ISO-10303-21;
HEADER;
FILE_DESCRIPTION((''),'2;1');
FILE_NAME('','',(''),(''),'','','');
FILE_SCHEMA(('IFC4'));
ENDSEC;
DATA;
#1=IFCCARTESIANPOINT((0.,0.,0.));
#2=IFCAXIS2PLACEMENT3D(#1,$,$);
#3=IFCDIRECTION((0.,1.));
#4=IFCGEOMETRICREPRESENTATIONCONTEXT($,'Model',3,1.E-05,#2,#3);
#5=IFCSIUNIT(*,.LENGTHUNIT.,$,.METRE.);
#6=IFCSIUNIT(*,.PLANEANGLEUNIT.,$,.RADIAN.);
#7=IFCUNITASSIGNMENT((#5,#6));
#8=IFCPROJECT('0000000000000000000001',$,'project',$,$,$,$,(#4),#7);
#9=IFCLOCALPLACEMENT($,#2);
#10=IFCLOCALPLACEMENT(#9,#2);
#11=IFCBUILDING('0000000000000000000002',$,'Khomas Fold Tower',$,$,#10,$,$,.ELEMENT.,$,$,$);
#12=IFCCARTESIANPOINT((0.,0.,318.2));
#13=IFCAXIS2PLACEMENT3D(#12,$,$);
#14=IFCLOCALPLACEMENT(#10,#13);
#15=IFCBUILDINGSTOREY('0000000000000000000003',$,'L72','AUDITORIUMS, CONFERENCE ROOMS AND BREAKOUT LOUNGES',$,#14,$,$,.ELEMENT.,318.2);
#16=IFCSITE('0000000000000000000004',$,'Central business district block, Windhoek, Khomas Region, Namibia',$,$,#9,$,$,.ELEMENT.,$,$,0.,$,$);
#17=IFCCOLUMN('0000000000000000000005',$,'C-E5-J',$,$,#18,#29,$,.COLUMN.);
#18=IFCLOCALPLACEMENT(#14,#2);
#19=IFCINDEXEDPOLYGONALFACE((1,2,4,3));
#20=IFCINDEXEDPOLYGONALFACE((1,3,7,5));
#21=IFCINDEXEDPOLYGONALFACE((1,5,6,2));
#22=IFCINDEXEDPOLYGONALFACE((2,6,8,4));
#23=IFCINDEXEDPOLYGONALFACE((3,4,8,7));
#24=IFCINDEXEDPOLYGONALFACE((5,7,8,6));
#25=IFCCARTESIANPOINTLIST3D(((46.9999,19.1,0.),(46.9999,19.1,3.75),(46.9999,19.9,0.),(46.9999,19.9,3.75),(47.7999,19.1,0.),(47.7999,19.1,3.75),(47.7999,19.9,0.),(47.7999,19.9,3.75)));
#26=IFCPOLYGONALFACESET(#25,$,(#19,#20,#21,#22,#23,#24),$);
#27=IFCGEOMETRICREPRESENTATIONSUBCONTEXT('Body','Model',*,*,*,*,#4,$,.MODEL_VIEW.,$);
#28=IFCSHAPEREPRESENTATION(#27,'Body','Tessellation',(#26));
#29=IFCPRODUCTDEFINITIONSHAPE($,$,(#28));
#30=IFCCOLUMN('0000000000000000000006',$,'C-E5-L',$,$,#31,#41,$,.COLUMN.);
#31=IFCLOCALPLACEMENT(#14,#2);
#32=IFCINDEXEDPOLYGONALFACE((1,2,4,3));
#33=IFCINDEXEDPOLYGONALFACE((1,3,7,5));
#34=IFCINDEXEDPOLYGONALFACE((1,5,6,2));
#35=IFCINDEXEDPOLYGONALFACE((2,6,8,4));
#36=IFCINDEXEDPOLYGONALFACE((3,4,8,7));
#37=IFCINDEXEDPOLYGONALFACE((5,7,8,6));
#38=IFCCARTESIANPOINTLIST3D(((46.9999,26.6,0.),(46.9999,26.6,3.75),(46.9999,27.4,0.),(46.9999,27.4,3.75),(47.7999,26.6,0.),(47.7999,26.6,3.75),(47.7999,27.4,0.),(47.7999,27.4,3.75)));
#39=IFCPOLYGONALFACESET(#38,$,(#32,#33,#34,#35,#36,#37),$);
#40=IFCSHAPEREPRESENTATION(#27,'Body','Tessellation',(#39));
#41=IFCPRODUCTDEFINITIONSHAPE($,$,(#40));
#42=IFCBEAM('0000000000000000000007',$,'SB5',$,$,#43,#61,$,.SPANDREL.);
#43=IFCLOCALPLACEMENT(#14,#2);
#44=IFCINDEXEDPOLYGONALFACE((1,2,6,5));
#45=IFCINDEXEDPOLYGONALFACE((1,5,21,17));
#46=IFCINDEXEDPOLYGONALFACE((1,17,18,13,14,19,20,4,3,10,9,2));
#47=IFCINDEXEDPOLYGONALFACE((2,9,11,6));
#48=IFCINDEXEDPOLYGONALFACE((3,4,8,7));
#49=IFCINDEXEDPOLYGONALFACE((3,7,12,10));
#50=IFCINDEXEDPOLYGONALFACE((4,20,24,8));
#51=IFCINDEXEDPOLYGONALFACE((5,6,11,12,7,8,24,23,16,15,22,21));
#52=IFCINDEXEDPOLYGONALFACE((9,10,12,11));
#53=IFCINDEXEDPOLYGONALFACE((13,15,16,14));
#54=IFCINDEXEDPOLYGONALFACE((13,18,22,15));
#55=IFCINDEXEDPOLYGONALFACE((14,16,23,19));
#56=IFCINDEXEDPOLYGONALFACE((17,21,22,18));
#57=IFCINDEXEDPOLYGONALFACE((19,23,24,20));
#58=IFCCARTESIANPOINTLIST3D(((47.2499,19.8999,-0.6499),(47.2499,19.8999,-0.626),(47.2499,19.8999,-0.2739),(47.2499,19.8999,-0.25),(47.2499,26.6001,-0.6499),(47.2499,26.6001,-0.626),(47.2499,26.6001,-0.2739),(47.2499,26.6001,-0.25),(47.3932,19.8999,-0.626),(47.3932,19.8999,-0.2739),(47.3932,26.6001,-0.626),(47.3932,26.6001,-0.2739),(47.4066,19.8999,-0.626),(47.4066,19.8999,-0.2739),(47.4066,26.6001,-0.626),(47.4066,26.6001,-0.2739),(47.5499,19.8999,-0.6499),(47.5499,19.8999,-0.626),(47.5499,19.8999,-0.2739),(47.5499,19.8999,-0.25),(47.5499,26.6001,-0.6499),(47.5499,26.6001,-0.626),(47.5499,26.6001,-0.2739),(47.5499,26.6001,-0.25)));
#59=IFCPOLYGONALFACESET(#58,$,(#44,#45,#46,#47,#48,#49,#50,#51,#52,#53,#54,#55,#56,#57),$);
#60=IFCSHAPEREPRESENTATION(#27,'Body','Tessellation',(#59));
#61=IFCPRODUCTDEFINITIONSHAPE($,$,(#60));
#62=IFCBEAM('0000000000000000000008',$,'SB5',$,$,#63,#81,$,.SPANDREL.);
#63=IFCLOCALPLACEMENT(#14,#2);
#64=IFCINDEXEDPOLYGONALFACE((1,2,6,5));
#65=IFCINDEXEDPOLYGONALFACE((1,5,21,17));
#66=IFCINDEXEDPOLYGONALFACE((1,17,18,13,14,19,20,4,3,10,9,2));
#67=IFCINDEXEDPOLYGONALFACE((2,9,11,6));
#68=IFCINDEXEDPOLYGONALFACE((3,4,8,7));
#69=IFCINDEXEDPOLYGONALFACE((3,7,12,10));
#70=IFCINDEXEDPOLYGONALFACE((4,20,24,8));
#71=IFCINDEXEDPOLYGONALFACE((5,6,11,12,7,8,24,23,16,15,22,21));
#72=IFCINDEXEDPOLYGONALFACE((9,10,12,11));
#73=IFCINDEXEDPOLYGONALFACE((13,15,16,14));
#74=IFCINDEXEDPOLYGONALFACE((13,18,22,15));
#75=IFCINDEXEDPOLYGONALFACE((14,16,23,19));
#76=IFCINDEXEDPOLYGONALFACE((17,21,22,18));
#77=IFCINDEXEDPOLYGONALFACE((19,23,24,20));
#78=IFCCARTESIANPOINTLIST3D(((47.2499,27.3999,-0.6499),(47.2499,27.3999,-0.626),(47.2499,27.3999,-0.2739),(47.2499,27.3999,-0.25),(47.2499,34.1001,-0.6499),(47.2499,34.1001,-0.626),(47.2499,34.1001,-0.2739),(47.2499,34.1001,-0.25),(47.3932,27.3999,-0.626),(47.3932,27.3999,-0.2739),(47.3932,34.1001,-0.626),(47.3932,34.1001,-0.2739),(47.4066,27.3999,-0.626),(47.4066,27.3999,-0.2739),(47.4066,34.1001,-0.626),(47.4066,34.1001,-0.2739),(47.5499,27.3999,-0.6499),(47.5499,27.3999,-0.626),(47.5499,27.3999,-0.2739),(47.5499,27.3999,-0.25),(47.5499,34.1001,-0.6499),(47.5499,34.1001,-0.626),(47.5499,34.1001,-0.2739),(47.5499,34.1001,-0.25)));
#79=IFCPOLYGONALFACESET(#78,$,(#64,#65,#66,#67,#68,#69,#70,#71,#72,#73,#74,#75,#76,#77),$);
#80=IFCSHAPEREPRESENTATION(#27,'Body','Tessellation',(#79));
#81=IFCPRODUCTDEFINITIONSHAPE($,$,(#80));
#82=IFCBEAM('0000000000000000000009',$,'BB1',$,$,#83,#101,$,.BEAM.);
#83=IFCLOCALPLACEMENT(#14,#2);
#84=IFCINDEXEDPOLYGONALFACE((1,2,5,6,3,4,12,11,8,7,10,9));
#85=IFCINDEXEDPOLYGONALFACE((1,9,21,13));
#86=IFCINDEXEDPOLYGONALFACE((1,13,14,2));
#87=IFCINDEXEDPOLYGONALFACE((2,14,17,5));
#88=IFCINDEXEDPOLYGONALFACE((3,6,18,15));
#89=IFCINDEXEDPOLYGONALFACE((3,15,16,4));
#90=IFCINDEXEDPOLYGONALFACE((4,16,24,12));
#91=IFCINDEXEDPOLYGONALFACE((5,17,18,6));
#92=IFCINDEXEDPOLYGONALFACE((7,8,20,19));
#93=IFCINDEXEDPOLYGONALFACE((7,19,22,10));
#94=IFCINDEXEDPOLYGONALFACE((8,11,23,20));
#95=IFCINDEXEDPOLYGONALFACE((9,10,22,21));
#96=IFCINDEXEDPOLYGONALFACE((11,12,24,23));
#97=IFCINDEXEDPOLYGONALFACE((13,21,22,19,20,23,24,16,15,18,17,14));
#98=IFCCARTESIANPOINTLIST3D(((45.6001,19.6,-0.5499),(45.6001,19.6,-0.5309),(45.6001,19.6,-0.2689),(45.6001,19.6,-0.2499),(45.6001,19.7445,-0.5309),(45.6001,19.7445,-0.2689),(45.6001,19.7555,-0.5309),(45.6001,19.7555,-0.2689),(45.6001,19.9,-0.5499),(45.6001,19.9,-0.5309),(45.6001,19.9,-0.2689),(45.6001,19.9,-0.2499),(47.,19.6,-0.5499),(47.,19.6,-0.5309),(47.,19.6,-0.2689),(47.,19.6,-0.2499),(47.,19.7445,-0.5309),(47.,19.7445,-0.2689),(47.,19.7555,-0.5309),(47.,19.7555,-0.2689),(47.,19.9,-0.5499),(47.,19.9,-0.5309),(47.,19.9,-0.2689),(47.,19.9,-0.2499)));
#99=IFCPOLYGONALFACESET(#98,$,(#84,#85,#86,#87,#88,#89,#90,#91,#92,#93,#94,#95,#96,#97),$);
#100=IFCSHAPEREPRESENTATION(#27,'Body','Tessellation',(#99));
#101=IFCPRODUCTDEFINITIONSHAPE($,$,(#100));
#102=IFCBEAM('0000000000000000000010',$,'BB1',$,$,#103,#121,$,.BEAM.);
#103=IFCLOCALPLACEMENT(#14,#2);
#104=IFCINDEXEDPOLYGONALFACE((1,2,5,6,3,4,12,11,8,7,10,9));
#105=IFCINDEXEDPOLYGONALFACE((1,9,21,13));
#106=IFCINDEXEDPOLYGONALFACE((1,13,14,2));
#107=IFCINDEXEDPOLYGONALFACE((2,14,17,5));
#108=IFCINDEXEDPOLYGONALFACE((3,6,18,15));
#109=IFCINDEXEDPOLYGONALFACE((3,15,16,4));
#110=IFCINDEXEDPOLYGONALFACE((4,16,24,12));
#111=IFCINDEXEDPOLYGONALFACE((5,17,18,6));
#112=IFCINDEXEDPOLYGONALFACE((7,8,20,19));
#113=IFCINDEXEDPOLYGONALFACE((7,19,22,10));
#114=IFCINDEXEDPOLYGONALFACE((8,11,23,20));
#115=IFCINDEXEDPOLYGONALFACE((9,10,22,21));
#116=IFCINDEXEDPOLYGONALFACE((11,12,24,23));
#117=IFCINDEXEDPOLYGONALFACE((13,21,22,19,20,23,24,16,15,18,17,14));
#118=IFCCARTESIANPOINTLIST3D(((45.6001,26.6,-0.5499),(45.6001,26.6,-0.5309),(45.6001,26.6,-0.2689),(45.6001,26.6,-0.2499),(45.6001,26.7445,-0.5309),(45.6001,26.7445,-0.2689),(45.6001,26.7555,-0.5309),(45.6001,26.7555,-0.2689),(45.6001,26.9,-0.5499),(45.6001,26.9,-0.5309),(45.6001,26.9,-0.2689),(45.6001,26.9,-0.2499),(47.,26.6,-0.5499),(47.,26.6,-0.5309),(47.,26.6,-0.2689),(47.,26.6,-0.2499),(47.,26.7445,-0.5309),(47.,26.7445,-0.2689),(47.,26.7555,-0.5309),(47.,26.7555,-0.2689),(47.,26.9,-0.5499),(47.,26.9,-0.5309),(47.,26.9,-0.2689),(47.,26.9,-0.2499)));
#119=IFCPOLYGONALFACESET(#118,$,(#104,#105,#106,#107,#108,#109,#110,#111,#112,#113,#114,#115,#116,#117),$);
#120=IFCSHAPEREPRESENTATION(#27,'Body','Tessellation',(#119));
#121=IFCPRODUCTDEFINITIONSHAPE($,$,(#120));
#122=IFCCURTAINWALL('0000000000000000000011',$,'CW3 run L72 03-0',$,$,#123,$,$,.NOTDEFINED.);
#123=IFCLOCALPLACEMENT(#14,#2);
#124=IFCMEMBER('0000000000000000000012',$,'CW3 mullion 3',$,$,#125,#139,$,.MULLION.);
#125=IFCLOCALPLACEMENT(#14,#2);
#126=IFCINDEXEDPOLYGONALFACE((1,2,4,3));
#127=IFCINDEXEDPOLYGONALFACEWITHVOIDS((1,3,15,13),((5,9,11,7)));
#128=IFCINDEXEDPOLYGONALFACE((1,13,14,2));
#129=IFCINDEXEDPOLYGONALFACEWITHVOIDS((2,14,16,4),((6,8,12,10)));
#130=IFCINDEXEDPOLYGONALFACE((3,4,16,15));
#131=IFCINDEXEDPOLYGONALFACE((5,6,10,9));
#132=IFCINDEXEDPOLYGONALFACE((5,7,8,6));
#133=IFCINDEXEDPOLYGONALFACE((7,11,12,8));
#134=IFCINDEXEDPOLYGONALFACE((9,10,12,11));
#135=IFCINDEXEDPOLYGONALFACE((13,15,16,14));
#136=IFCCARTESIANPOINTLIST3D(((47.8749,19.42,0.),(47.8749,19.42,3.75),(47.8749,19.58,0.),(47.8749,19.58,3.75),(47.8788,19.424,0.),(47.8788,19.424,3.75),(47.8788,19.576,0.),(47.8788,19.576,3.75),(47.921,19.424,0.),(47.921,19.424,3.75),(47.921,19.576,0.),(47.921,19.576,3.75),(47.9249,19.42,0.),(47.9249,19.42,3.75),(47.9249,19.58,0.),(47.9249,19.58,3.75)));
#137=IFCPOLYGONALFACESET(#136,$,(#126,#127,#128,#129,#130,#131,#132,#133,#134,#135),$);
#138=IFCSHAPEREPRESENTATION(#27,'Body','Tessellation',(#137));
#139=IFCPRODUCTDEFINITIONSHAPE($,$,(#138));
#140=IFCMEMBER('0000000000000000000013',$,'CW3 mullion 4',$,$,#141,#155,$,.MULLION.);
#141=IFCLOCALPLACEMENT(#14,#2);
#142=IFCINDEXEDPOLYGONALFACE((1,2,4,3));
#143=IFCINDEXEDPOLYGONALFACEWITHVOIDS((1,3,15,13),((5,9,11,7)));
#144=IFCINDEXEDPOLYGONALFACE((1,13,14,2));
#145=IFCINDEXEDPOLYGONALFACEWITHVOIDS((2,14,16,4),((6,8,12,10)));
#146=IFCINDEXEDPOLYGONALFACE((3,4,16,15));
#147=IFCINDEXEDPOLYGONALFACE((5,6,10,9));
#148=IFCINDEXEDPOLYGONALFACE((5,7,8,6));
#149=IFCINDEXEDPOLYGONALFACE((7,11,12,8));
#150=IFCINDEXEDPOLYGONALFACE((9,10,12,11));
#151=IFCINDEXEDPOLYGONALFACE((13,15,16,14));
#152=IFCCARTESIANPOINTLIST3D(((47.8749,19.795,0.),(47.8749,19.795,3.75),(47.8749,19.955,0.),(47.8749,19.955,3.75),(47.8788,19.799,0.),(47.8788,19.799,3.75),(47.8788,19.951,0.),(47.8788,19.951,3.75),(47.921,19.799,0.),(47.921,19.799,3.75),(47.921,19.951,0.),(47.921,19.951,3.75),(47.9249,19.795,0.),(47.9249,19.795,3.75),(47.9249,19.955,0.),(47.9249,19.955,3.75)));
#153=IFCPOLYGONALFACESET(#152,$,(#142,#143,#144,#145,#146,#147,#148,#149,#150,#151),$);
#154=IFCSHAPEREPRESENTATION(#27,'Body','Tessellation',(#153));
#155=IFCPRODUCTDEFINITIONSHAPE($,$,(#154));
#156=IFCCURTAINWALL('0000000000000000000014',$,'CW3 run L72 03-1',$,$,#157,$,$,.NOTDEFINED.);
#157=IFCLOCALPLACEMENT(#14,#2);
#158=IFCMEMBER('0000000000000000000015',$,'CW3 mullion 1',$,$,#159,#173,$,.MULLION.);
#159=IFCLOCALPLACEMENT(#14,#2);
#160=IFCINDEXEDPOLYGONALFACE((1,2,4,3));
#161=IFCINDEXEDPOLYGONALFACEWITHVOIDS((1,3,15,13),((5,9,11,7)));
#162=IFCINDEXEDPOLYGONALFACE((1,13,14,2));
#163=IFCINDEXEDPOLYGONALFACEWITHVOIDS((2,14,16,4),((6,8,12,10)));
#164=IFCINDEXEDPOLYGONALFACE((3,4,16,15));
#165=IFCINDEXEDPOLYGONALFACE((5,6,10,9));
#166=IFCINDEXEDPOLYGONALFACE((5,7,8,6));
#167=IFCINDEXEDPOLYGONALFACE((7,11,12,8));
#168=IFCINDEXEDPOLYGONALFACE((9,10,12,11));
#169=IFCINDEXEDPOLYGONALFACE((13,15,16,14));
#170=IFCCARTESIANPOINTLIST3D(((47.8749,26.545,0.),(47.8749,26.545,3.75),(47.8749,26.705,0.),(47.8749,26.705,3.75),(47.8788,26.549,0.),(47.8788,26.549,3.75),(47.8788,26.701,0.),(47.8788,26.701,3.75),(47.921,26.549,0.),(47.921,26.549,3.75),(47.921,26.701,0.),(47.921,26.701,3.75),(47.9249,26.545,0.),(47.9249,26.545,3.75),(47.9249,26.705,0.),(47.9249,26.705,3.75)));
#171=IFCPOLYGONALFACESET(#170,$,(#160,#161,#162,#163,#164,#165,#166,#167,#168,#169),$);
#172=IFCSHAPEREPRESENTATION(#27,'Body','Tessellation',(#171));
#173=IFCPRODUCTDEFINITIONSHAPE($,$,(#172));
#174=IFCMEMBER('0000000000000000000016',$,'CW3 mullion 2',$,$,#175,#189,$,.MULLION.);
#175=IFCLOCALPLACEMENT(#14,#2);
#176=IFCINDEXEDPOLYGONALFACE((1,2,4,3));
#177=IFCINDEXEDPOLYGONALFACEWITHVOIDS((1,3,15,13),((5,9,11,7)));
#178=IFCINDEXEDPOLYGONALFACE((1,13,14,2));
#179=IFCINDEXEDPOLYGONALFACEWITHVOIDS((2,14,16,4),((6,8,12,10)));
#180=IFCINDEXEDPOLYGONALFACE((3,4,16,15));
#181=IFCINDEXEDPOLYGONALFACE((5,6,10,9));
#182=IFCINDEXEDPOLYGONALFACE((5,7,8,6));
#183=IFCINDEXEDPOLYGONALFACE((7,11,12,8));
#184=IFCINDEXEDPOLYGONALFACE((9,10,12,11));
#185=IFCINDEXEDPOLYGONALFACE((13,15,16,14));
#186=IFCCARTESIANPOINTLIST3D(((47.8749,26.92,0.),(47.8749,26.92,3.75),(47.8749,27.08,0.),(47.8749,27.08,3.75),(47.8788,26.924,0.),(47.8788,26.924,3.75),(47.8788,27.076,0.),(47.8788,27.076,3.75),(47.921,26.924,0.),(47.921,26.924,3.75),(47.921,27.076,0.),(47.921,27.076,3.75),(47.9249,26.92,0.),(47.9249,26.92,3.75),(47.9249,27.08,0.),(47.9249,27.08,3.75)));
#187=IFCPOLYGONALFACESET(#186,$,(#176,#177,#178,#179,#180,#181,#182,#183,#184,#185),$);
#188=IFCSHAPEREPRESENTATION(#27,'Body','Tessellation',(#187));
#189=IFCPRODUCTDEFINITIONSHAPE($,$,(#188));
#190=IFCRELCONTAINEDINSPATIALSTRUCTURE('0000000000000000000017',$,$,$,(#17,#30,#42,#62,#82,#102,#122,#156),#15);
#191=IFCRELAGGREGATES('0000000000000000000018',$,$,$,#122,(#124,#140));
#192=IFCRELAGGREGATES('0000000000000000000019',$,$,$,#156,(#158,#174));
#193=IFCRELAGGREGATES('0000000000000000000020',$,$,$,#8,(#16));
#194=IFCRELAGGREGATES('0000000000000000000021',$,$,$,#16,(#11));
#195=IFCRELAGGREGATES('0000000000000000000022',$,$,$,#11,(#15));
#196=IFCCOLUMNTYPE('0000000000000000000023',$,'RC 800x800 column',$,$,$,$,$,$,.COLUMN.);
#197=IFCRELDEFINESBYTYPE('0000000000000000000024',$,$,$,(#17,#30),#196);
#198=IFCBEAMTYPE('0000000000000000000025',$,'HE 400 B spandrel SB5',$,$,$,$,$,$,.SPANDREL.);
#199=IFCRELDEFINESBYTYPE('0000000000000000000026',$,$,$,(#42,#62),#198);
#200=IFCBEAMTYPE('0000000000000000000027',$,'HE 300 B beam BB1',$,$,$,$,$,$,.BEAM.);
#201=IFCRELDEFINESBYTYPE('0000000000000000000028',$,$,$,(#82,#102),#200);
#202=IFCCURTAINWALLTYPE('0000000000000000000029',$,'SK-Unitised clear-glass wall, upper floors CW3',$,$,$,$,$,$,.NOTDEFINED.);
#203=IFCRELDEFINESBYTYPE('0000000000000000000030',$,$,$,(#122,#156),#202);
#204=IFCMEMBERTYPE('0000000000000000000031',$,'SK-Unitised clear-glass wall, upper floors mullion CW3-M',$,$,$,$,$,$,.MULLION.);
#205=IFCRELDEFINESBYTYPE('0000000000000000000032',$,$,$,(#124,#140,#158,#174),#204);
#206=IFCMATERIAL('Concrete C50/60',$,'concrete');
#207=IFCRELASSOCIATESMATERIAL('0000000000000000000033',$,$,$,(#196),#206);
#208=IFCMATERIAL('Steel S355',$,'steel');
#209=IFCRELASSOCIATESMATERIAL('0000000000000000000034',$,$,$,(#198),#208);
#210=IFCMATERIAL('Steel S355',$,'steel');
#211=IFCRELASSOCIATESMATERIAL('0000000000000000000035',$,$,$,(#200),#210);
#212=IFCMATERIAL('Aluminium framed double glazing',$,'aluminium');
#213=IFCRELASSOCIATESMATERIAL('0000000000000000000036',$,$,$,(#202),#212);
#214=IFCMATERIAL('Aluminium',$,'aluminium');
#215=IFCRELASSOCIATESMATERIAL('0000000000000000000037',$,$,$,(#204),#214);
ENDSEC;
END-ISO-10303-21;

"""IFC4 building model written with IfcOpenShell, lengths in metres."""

from ifc_helpers import new_model, si_unit, direction, frame, origin, origin_2d, place, context, subcontext, project, spatial, rectangle, hollow_rectangle, i_section, extrude, source, transform, mapped, material, material_profile, profile_set, type_object, element, aggregate, save


model = new_model("IFC4")

# Units and contexts
model_context = context("Model", 3, precision=1e-05, world=origin(), true_north=direction((0.0, 1.0)))
body_context = subcontext(model_context, "Body", "Model", "MODEL_VIEW")
ifc_project = project(units=[si_unit("LENGTHUNIT", "METRE"), si_unit("PLANEANGLEUNIT", "RADIAN")], contexts=[model_context])

# Site, building, storey
site_placement = place(None, origin())
site = spatial("IfcSite", under=ifc_project, at=site_placement, Name="Central business district block, Windhoek, Khomas Region, Namibia", CompositionType="ELEMENT", RefElevation=0.0)
building_placement = place(site_placement, origin())
building = spatial("IfcBuilding", under=site, at=building_placement, Name="Khomas Fold Tower", CompositionType="ELEMENT")
storey_placement = place(building_placement, frame((0.0, 0.0, 318.2)))
storey = spatial("IfcBuildingStorey", under=building, at=storey_placement, Name="L72", Description="AUDITORIUMS, CONFERENCE ROOMS AND BREAKOUT LOUNGES", CompositionType="ELEMENT", Elevation=318.2)

# Columns
ifc_material_1 = material(Name="Concrete C50/60", Category="concrete")
ifc_material_profile_1 = material_profile(ifc_material_1, rectangle(XDim=0.8, YDim=0.8, at=origin_2d()), Name="RC 800x800")
ifc_profile_set_1 = profile_set([ifc_material_profile_1], Name="Concrete C50/60")
column_type = type_object("IfcColumnType", Name="RC 800x800 column", PredefinedType="COLUMN", material=ifc_profile_set_1)
shared_shape_1 = source(origin(), body_context, "Body", "SweptSolid", [
    extrude(rectangle(XDim=0.8, YDim=0.8, at=origin_2d()), origin(), (0.0, 0.0, 1.0), 3.75),
])
for number, where, z_axis, x_axis, name in (
    (1, (47.3999, 19.5, 0.0), (0.0, 0.0, 1.0), (1.0, 0.0, 0.0), "C-E5-J"),
    (2, (47.3999, 27.0, 0.0), (0.0, 0.0, 1.0), (1.0, 0.0, 0.0), "C-E5-L"),
):
    element("IfcColumn", number, at=place(storey_placement, frame(where, z_axis=z_axis, x_axis=x_axis)), inside=storey, type_object=column_type, Name=name, PredefinedType="COLUMN", context=body_context, shape_type="MappedRepresentation", body=[
        mapped(shared_shape_1, transform((0.0, 0.0, 0.0))),
    ])

# Beams
ifc_material_2 = material(Name="Steel S355", Category="steel")
ifc_material_profile_2 = material_profile(ifc_material_2, i_section(OverallWidth=0.3, OverallDepth=0.3999, WebThickness=0.0134, FlangeThickness=0.0239, at=origin_2d()), Name="HE 400 B")
ifc_profile_set_2 = profile_set([ifc_material_profile_2], Name="Steel S355")
beam_type_1 = type_object("IfcBeamType", Name="HE 400 B spandrel SB5", PredefinedType="SPANDREL", material=ifc_profile_set_2)
shared_shape_2 = source(origin(), body_context, "Body", "SweptSolid", [
    extrude(i_section(OverallWidth=0.3, OverallDepth=0.3999, WebThickness=0.0134, FlangeThickness=0.0239, at=origin_2d()), origin(), (0.0, 0.0, 1.0), 6.7002),
])
for number, where, z_axis, x_axis, name in (
    (3, (47.3999, 19.8999, -0.45), (0.0, 1.0, 0.0), (-1.0, 0.0, 0.0), "SB5"),
    (4, (47.3999, 27.3999, -0.45), (0.0, 1.0, 0.0), (-1.0, 0.0, 0.0), "SB5"),
):
    element("IfcBeam", number, at=place(storey_placement, frame(where, z_axis=z_axis, x_axis=x_axis)), inside=storey, type_object=beam_type_1, Name=name, PredefinedType="SPANDREL", context=body_context, shape_type="MappedRepresentation", body=[
        mapped(shared_shape_2, transform((0.0, 0.0, 0.0))),
    ])
ifc_material_3 = material(Name="Steel S355", Category="steel")
ifc_material_profile_3 = material_profile(ifc_material_3, i_section(OverallWidth=0.3, OverallDepth=0.3, WebThickness=0.011, FlangeThickness=0.019, at=origin_2d()), Name="HE 300 B")
ifc_profile_set_3 = profile_set([ifc_material_profile_3], Name="Steel S355")
beam_type_2 = type_object("IfcBeamType", Name="HE 300 B beam BB1", PredefinedType="BEAM", material=ifc_profile_set_3)
shared_shape_3 = source(origin(), body_context, "Body", "SweptSolid", [
    extrude(i_section(OverallWidth=0.3, OverallDepth=0.3, WebThickness=0.011, FlangeThickness=0.019, at=origin_2d()), origin(), (0.0, 0.0, 1.0), 1.3999),
])
for number, where, z_axis, x_axis, name in (
    (5, (45.6001, 19.75, -0.3999), (1.0, 0.0, 0.0), (0.0, 1.0, 0.0), "BB1"),
    (6, (45.6001, 26.75, -0.3999), (1.0, 0.0, 0.0), (0.0, 1.0, 0.0), "BB1"),
):
    element("IfcBeam", number, at=place(storey_placement, frame(where, z_axis=z_axis, x_axis=x_axis)), inside=storey, type_object=beam_type_2, Name=name, PredefinedType="BEAM", context=body_context, shape_type="MappedRepresentation", body=[
        mapped(shared_shape_3, transform((0.0, 0.0, 0.0))),
    ])

# Curtain walls, members
ifc_material_4 = material(Name="Aluminium framed double glazing", Category="aluminium")
curtain_wall_type = type_object("IfcCurtainWallType", Name="SK-Unitised clear-glass wall, upper floors CW3", PredefinedType="NOTDEFINED", material=ifc_material_4)
curtain_wall_1_placement = place(storey_placement, origin())
curtain_wall_1 = element("IfcCurtainWall", 7, at=curtain_wall_1_placement, inside=storey, type_object=curtain_wall_type, Name="CW3 run L72 03-0", PredefinedType="NOTDEFINED")
ifc_material_5 = material(Name="Aluminium", Category="aluminium")
ifc_material_profile_4 = material_profile(ifc_material_5, hollow_rectangle(XDim=0.05, YDim=0.1599, WallThickness=0.0039, at=origin_2d()), Name="SK-Unitised clear-glass wall, upper floors mullion CW3-M")
ifc_profile_set_4 = profile_set([ifc_material_profile_4], Name="Aluminium")
member_type_1 = type_object("IfcMemberType", Name="SK-Unitised clear-glass wall, upper floors mullion CW3-M", PredefinedType="MULLION", material=ifc_profile_set_4)
shared_shape_4 = source(origin(), body_context, "Body", "SweptSolid", [
    extrude(hollow_rectangle(XDim=0.05, YDim=0.1599, WallThickness=0.0039, at=origin_2d()), origin(), (0.0, 0.0, 1.0), 3.75),
])
member_1_placement = place(storey_placement, frame((47.8999, 19.5, 0.0), z_axis=(0.0, 0.0, 1.0), x_axis=(-1.0, 0.0, 0.0)))
member_1 = element("IfcMember", 8, at=member_1_placement, type_object=member_type_1, Name="CW3 mullion 3", PredefinedType="MULLION", context=body_context, shape_type="MappedRepresentation", body=[
    mapped(shared_shape_4, transform((0.0, 0.0, 0.0))),
])
member_2_placement = place(storey_placement, frame((47.8999, 19.875, 0.0), z_axis=(0.0, 0.0, 1.0), x_axis=(-1.0, 0.0, 0.0)))
member_2 = element("IfcMember", 9, at=member_2_placement, type_object=member_type_1, Name="CW3 mullion 4", PredefinedType="MULLION", context=body_context, shape_type="MappedRepresentation", body=[
    mapped(shared_shape_4, transform((0.0, 0.0, 0.0))),
])
curtain_wall_2_placement = place(storey_placement, origin())
curtain_wall_2 = element("IfcCurtainWall", 10, at=curtain_wall_2_placement, inside=storey, type_object=curtain_wall_type, Name="CW3 run L72 03-1", PredefinedType="NOTDEFINED")
member_3_placement = place(storey_placement, frame((47.8999, 26.625, 0.0), z_axis=(0.0, 0.0, 1.0), x_axis=(-1.0, 0.0, 0.0)))
member_3 = element("IfcMember", 11, at=member_3_placement, type_object=member_type_1, Name="CW3 mullion 1", PredefinedType="MULLION", context=body_context, shape_type="MappedRepresentation", body=[
    mapped(shared_shape_4, transform((0.0, 0.0, 0.0))),
])
member_4_placement = place(storey_placement, frame((47.8999, 27.0, 0.0), z_axis=(0.0, 0.0, 1.0), x_axis=(-1.0, 0.0, 0.0)))
member_4 = element("IfcMember", 12, at=member_4_placement, type_object=member_type_1, Name="CW3 mullion 2", PredefinedType="MULLION", context=body_context, shape_type="MappedRepresentation", body=[
    mapped(shared_shape_4, transform((0.0, 0.0, 0.0))),
])

aggregate(curtain_wall_1, [member_1, member_2])
aggregate(curtain_wall_2, [member_3, member_4])

save(model, "model.ifc")
